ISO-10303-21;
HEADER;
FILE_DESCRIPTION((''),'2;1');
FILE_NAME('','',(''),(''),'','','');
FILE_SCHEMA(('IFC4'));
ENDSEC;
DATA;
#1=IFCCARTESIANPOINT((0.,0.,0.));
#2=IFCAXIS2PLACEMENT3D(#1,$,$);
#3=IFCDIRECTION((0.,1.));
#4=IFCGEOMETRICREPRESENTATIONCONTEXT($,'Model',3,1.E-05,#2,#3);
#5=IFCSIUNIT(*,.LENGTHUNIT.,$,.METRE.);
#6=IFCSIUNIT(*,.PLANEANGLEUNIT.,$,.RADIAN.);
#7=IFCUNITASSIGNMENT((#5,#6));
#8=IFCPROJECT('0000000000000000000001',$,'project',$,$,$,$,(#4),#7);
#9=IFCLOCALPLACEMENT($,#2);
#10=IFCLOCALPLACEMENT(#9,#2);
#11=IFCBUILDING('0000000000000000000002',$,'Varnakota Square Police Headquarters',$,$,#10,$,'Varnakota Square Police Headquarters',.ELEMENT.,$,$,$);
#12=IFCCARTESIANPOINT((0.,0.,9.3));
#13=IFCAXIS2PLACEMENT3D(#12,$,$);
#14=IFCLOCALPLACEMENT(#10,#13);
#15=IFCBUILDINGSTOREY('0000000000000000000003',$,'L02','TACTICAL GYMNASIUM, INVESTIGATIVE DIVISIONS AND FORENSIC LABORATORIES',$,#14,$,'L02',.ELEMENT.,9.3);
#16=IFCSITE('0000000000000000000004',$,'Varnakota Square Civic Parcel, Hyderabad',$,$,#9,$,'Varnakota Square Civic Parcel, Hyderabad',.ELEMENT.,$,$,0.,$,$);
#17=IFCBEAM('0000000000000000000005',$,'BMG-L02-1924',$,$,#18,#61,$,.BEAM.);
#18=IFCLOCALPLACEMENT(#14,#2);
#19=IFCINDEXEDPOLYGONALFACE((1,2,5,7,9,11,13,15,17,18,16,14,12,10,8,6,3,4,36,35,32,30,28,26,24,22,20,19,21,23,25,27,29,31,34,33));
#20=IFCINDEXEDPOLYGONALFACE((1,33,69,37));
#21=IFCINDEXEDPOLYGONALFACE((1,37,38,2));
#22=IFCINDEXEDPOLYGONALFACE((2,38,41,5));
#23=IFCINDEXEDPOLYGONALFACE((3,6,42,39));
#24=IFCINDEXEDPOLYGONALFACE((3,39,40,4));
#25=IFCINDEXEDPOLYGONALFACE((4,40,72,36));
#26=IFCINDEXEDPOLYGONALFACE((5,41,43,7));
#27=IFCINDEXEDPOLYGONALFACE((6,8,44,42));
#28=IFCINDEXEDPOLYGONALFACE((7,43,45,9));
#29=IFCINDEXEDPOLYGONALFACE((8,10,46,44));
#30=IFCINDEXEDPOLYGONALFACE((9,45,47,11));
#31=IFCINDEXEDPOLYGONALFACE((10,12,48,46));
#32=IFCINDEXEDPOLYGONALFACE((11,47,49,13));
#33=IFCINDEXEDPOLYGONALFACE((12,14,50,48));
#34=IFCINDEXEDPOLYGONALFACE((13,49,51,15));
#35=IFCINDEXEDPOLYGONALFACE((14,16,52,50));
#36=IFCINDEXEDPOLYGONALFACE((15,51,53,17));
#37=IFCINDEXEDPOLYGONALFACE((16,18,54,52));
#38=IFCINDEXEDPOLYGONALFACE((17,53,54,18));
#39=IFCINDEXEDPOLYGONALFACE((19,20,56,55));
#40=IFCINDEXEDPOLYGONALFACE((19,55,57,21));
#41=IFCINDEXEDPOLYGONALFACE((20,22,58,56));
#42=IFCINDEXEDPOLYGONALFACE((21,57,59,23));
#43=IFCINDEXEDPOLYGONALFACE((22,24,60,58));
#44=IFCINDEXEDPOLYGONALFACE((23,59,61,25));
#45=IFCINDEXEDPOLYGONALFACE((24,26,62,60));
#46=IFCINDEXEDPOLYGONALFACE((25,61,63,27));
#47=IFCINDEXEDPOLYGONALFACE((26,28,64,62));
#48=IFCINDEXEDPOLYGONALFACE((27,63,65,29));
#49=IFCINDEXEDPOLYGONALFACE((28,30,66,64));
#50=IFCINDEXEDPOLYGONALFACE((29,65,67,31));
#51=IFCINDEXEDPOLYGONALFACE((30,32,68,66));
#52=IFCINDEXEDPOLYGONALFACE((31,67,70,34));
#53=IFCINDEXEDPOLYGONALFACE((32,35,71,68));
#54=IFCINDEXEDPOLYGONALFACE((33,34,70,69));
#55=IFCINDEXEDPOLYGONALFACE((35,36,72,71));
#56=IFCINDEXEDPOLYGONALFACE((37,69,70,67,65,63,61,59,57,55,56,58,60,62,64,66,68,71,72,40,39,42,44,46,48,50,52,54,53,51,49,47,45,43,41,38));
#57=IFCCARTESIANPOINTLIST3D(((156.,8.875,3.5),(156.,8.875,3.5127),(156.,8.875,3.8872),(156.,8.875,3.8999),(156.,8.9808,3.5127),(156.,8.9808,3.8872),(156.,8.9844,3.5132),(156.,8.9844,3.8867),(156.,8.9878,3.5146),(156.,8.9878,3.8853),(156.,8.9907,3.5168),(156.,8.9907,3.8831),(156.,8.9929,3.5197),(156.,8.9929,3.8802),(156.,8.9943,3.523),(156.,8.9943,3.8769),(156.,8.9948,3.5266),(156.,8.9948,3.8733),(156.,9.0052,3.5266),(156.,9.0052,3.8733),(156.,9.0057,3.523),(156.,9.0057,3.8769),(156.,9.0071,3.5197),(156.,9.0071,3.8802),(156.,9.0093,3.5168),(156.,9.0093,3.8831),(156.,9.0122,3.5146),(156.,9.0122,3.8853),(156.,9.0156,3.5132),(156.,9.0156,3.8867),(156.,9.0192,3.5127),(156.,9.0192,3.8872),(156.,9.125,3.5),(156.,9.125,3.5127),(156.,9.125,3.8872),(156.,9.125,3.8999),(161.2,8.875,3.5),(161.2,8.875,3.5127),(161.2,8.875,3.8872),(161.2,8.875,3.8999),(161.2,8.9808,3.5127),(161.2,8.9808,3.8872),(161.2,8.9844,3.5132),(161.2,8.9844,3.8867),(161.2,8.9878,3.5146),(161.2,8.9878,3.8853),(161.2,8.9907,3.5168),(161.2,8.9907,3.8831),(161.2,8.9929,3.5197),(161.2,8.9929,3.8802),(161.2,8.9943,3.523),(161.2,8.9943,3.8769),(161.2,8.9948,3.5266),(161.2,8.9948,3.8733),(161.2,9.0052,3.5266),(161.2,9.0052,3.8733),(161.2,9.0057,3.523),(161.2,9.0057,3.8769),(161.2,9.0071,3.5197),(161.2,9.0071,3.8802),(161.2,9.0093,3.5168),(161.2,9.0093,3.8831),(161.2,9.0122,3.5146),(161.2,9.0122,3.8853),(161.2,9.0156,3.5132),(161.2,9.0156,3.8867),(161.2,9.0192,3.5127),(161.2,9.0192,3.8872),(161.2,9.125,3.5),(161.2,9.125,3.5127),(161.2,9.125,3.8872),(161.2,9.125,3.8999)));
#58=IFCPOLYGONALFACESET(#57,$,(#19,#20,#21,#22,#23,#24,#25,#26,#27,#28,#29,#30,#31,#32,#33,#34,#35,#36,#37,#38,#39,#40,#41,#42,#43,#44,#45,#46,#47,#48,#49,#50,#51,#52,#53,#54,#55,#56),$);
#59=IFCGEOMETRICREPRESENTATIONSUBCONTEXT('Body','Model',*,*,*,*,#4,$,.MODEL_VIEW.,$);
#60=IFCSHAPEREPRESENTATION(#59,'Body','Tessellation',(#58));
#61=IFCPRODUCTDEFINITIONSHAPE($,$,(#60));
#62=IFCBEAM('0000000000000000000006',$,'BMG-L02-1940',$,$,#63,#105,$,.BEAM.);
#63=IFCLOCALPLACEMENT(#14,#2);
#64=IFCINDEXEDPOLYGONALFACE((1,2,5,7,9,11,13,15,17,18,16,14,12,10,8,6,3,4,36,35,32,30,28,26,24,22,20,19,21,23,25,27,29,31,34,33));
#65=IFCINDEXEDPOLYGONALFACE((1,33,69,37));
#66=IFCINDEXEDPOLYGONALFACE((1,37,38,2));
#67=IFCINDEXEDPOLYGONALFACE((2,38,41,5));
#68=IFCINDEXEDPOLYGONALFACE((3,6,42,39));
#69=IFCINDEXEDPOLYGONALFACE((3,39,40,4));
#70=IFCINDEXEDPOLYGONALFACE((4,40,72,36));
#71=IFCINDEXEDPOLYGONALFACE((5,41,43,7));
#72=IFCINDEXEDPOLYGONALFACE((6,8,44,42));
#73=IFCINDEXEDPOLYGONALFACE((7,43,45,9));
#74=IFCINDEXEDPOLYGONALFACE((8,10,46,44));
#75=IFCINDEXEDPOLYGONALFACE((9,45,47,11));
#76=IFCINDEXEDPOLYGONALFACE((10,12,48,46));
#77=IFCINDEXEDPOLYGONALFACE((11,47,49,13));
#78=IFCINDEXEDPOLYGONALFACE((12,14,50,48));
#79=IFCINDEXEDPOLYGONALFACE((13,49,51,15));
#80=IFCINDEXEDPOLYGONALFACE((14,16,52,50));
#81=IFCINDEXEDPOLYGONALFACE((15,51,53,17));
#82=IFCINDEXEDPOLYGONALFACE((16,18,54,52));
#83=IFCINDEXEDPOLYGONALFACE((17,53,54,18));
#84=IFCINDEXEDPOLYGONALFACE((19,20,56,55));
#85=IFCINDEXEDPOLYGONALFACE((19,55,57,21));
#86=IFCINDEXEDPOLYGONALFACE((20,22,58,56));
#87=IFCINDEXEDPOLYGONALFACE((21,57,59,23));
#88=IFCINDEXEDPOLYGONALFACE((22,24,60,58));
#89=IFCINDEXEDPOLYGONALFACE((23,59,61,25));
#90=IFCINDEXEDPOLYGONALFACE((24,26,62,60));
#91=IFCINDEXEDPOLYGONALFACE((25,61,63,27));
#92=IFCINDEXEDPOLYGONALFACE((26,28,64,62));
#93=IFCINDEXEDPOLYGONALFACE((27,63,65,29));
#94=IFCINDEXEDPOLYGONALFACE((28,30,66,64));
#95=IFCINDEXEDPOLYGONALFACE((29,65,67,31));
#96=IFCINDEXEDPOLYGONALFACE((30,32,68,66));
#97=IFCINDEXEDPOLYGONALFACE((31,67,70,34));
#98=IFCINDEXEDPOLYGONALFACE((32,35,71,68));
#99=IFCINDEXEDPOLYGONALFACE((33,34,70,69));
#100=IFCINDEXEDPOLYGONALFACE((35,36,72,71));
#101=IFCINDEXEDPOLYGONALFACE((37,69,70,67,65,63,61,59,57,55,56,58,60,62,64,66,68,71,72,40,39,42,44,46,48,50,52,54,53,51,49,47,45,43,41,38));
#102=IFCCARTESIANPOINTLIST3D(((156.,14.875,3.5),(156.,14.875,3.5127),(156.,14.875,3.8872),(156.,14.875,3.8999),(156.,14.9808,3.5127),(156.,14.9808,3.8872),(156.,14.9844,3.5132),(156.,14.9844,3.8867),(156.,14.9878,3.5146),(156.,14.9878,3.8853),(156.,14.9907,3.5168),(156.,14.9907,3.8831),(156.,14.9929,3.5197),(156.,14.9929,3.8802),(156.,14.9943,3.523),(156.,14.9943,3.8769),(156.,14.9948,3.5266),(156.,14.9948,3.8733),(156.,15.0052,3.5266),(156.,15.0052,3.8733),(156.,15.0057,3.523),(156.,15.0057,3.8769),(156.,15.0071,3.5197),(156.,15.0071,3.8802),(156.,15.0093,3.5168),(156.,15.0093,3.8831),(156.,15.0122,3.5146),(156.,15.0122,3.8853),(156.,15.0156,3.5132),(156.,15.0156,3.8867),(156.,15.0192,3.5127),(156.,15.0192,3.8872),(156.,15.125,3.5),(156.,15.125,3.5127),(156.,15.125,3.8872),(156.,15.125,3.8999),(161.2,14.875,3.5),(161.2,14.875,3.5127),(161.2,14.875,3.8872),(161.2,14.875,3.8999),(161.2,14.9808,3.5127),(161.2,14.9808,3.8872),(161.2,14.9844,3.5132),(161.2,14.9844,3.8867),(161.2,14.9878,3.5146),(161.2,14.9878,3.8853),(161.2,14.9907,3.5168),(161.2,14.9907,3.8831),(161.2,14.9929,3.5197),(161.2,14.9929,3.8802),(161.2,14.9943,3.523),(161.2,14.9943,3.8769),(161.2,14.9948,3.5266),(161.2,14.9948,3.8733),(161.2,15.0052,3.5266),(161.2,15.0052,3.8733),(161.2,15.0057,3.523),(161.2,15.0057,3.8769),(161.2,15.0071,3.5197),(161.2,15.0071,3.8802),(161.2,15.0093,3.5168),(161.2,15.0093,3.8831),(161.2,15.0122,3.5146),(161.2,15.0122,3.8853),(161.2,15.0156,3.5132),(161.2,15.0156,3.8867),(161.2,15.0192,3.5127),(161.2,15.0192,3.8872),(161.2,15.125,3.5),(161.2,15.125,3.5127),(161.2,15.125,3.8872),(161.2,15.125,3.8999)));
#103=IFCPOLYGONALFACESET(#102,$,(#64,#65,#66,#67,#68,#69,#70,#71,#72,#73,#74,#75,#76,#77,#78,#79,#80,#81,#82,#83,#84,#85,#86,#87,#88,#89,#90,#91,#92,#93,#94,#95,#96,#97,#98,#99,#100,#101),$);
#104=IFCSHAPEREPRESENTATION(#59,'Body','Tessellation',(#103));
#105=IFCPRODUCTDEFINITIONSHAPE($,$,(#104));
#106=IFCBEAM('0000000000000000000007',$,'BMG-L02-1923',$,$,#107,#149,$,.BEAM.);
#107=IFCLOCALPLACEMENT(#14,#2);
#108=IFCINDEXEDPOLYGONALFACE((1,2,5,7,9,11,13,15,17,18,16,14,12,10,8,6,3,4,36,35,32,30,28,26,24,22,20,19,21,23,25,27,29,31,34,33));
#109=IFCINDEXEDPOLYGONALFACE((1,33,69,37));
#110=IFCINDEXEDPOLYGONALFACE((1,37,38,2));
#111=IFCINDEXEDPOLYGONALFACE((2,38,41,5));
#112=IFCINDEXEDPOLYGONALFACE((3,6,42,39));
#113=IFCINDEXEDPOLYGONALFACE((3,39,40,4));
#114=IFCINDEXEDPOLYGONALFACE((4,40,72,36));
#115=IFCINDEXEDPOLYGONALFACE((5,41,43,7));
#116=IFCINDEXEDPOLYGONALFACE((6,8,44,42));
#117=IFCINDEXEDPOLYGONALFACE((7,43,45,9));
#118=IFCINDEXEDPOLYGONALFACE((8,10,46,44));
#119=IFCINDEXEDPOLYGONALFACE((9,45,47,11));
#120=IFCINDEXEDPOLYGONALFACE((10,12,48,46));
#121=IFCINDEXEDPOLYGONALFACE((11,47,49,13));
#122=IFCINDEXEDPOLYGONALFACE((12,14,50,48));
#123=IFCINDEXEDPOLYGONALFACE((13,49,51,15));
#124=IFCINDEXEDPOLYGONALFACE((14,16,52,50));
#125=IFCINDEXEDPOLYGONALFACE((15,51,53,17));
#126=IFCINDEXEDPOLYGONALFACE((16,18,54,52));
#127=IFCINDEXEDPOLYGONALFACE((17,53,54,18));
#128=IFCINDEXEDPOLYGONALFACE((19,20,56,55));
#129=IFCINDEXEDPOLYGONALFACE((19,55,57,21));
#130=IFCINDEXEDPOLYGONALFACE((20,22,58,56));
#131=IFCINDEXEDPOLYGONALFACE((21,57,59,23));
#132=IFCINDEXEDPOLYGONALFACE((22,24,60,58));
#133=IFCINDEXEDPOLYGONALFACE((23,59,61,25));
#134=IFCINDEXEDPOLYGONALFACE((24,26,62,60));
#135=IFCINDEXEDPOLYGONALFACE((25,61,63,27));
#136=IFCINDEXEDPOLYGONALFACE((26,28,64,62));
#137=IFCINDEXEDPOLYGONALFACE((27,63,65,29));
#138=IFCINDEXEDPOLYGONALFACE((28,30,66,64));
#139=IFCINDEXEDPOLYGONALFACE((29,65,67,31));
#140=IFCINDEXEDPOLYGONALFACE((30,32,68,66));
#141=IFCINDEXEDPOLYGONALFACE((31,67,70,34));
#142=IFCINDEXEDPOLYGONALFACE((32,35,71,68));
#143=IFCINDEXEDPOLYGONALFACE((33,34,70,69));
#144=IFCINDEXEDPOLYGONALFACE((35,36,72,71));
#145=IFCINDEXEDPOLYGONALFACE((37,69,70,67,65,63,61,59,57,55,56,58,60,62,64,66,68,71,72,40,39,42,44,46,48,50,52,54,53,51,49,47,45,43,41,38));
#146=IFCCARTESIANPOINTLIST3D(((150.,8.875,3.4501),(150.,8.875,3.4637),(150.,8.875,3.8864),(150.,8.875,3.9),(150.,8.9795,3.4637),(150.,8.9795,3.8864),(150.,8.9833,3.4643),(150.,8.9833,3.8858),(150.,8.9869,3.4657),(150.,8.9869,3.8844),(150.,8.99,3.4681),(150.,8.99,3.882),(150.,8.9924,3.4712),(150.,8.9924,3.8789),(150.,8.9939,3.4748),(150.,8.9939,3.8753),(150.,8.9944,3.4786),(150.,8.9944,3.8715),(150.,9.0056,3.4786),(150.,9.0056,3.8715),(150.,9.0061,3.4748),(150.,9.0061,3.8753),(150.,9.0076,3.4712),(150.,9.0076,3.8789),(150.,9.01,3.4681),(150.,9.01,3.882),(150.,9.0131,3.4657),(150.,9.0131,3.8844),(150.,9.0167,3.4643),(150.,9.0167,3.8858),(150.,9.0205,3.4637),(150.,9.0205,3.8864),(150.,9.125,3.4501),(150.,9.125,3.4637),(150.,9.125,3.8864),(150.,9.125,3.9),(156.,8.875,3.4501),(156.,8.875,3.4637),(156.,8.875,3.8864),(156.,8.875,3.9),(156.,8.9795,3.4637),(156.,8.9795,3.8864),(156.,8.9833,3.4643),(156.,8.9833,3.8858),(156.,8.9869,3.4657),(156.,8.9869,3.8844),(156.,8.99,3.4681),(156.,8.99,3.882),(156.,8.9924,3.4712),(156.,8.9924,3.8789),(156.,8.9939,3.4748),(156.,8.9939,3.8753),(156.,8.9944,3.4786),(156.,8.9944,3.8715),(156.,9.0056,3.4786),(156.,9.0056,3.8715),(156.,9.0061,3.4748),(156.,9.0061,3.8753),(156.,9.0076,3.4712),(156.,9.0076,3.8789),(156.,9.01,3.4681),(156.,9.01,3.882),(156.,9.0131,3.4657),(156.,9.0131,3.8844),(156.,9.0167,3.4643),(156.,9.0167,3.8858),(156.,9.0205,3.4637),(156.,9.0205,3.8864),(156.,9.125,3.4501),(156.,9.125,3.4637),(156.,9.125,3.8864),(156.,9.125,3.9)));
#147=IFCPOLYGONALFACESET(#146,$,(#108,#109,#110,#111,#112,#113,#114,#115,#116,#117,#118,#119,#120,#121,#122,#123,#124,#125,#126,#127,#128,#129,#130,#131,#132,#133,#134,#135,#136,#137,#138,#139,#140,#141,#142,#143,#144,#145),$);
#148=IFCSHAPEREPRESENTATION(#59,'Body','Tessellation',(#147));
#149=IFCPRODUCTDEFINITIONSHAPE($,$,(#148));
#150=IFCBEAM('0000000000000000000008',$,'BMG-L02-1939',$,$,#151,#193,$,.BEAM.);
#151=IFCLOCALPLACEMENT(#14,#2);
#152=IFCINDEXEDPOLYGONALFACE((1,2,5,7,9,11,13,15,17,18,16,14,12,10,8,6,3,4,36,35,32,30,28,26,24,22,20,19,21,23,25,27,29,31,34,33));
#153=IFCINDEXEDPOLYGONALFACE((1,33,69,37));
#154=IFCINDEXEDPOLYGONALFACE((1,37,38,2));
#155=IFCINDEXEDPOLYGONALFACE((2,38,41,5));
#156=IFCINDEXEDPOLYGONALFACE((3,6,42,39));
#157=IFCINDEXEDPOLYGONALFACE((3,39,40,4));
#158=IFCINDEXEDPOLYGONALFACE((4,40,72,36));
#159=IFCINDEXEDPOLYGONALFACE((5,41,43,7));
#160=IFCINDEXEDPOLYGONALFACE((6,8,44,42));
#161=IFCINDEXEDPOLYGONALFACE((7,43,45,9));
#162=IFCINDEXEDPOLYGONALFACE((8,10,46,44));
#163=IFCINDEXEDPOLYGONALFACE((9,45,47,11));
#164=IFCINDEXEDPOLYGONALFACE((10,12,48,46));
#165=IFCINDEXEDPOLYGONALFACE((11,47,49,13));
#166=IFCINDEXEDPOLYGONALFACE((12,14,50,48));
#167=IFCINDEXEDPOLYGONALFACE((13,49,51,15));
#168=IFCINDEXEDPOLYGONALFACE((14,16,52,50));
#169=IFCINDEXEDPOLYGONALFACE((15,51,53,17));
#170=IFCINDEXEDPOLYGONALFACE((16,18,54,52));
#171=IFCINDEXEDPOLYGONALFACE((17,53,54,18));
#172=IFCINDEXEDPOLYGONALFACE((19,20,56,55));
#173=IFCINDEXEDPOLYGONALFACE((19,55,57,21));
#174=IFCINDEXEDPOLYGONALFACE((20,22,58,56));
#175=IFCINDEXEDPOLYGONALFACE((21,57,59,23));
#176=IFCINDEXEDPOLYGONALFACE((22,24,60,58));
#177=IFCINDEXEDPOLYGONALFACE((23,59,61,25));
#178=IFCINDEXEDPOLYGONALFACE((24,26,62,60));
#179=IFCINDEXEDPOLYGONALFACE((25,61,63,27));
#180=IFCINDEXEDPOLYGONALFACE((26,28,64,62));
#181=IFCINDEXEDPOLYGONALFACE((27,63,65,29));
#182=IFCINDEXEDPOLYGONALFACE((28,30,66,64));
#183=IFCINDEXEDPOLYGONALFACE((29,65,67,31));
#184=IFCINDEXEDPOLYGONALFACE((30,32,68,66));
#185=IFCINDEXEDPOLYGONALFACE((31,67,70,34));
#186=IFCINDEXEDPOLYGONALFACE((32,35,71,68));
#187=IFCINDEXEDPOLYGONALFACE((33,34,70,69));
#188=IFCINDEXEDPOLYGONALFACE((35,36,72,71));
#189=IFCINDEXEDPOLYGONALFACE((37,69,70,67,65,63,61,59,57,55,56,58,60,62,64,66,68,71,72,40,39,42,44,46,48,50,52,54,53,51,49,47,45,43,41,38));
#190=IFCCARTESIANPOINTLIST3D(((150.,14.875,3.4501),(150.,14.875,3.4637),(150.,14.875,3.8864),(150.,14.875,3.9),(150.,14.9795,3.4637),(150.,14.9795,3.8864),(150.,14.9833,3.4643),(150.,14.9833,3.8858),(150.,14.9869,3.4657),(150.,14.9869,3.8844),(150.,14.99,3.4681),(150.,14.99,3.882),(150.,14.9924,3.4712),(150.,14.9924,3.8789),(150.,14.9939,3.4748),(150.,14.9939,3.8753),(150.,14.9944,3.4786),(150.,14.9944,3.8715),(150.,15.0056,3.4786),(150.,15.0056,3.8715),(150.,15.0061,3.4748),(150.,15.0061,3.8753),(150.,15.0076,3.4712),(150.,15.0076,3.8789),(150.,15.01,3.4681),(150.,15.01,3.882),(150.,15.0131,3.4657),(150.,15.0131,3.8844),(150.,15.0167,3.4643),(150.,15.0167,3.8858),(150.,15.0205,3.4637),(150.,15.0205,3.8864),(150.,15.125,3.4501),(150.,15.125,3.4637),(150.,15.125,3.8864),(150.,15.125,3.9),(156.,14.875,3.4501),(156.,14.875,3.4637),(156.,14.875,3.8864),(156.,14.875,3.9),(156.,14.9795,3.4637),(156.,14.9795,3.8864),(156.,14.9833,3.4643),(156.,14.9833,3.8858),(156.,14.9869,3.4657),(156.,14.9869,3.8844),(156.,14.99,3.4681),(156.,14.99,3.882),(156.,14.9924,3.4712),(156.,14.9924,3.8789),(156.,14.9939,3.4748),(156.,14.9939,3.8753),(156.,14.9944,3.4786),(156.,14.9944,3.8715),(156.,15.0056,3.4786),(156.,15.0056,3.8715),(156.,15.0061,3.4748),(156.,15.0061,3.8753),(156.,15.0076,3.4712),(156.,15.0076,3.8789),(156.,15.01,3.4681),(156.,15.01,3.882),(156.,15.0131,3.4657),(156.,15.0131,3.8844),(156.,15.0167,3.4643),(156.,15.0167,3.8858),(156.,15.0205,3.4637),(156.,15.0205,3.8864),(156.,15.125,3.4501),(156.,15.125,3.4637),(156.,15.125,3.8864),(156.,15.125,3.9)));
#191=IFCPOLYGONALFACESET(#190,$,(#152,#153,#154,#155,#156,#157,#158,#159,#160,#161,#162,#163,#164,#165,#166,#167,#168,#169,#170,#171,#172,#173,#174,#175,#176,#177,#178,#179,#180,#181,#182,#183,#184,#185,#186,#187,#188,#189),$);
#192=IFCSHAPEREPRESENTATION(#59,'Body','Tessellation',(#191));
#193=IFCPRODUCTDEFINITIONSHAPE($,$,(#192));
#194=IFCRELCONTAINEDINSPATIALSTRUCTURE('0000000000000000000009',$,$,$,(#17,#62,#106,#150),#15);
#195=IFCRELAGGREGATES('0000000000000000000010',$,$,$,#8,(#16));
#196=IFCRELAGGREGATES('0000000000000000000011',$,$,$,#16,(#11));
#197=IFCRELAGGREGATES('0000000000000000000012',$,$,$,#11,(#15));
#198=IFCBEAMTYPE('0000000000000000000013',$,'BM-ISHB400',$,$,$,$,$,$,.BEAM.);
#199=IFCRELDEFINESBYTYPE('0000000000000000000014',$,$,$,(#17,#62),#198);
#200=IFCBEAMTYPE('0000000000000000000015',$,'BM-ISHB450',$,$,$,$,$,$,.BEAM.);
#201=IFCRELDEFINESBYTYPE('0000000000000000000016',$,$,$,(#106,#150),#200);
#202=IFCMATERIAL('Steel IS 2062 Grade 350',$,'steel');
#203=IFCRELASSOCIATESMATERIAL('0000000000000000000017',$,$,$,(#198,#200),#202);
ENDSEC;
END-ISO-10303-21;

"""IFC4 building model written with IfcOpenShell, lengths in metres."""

from ifc_helpers import new_model, si_unit, direction, frame, origin, origin_2d, place, context, subcontext, project, spatial, i_section, extrude, material, material_profile, profile_set, type_object, element, save


model = new_model("IFC4")

# Units and contexts
model_context = context("Model", 3, precision=1e-05, world=origin(), true_north=direction((0.0, 1.0)))
body_context = subcontext(model_context, "Body", "Model", "MODEL_VIEW")
ifc_project = project(units=[si_unit("LENGTHUNIT", "METRE"), si_unit("PLANEANGLEUNIT", "RADIAN")], contexts=[model_context])

# Site, building, storey
site_placement = place(None, origin())
site = spatial("IfcSite", under=ifc_project, at=site_placement, Name="Varnakota Square Civic Parcel, Hyderabad", LongName="Varnakota Square Civic Parcel, Hyderabad", CompositionType="ELEMENT", RefElevation=0.0)
building_placement = place(site_placement, origin())
building = spatial("IfcBuilding", under=site, at=building_placement, Name="Varnakota Square Police Headquarters", LongName="Varnakota Square Police Headquarters", CompositionType="ELEMENT")
storey_placement = place(building_placement, frame((0.0, 0.0, 9.3)))
storey = spatial("IfcBuildingStorey", under=building, at=storey_placement, Name="L02", Description="TACTICAL GYMNASIUM, INVESTIGATIVE DIVISIONS AND FORENSIC LABORATORIES", LongName="L02", CompositionType="ELEMENT", Elevation=9.3)

# Shared definitions
ifc_material_1 = material(Name="Steel IS 2062 Grade 350", Category="steel")

# Beams
ifc_material_profile_1 = material_profile(ifc_material_1, i_section(OverallWidth=0.25, OverallDepth=0.3999, WebThickness=0.0105, FlangeThickness=0.0127, FilletRadius=0.0139, at=origin_2d()), Name="ISHB 400")
ifc_profile_set_1 = profile_set([ifc_material_profile_1], Name="Steel IS 2062 Grade 350")
beam_type_1 = type_object("IfcBeamType", Name="BM-ISHB400", PredefinedType="BEAM", material=ifc_profile_set_1)
for number, where, z_axis, x_axis, name in (
    (1, (156.0, 9.0, 3.7), (1.0, 0.0, 0.0), (0.0, 1.0, 0.0), "BMG-L02-1924"),
    (2, (156.0, 15.0, 3.7), (1.0, 0.0, 0.0), (0.0, 1.0, 0.0), "BMG-L02-1940"),
):
    element("IfcBeam", number, at=place(storey_placement, frame(where, z_axis=z_axis, x_axis=x_axis)), inside=storey, type_object=beam_type_1, Name=name, PredefinedType="BEAM", context=body_context, shape_type="SweptSolid", body=[
        extrude(i_section(OverallWidth=0.25, OverallDepth=0.3999, WebThickness=0.0105, FlangeThickness=0.0127, FilletRadius=0.0139, at=origin_2d()), origin(), (0.0, 0.0, 1.0), 5.2),
    ])
ifc_material_profile_2 = material_profile(ifc_material_1, i_section(OverallWidth=0.25, OverallDepth=0.45, WebThickness=0.0112, FlangeThickness=0.0137, FilletRadius=0.0149, at=origin_2d()), Name="ISHB 450")
ifc_profile_set_2 = profile_set([ifc_material_profile_2], Name="Steel IS 2062 Grade 350")
beam_type_2 = type_object("IfcBeamType", Name="BM-ISHB450", PredefinedType="BEAM", material=ifc_profile_set_2)
for number, where, z_axis, x_axis, name in (
    (3, (150.0, 9.0, 3.675), (1.0, 0.0, 0.0), (0.0, 1.0, 0.0), "BMG-L02-1923"),
    (4, (150.0, 15.0, 3.675), (1.0, 0.0, 0.0), (0.0, 1.0, 0.0), "BMG-L02-1939"),
):
    element("IfcBeam", number, at=place(storey_placement, frame(where, z_axis=z_axis, x_axis=x_axis)), inside=storey, type_object=beam_type_2, Name=name, PredefinedType="BEAM", context=body_context, shape_type="SweptSolid", body=[
        extrude(i_section(OverallWidth=0.25, OverallDepth=0.45, WebThickness=0.0112, FlangeThickness=0.0137, FilletRadius=0.0149, at=origin_2d()), origin(), (0.0, 0.0, 1.0), 6.0),
    ])

save(model, "model.ifc")
